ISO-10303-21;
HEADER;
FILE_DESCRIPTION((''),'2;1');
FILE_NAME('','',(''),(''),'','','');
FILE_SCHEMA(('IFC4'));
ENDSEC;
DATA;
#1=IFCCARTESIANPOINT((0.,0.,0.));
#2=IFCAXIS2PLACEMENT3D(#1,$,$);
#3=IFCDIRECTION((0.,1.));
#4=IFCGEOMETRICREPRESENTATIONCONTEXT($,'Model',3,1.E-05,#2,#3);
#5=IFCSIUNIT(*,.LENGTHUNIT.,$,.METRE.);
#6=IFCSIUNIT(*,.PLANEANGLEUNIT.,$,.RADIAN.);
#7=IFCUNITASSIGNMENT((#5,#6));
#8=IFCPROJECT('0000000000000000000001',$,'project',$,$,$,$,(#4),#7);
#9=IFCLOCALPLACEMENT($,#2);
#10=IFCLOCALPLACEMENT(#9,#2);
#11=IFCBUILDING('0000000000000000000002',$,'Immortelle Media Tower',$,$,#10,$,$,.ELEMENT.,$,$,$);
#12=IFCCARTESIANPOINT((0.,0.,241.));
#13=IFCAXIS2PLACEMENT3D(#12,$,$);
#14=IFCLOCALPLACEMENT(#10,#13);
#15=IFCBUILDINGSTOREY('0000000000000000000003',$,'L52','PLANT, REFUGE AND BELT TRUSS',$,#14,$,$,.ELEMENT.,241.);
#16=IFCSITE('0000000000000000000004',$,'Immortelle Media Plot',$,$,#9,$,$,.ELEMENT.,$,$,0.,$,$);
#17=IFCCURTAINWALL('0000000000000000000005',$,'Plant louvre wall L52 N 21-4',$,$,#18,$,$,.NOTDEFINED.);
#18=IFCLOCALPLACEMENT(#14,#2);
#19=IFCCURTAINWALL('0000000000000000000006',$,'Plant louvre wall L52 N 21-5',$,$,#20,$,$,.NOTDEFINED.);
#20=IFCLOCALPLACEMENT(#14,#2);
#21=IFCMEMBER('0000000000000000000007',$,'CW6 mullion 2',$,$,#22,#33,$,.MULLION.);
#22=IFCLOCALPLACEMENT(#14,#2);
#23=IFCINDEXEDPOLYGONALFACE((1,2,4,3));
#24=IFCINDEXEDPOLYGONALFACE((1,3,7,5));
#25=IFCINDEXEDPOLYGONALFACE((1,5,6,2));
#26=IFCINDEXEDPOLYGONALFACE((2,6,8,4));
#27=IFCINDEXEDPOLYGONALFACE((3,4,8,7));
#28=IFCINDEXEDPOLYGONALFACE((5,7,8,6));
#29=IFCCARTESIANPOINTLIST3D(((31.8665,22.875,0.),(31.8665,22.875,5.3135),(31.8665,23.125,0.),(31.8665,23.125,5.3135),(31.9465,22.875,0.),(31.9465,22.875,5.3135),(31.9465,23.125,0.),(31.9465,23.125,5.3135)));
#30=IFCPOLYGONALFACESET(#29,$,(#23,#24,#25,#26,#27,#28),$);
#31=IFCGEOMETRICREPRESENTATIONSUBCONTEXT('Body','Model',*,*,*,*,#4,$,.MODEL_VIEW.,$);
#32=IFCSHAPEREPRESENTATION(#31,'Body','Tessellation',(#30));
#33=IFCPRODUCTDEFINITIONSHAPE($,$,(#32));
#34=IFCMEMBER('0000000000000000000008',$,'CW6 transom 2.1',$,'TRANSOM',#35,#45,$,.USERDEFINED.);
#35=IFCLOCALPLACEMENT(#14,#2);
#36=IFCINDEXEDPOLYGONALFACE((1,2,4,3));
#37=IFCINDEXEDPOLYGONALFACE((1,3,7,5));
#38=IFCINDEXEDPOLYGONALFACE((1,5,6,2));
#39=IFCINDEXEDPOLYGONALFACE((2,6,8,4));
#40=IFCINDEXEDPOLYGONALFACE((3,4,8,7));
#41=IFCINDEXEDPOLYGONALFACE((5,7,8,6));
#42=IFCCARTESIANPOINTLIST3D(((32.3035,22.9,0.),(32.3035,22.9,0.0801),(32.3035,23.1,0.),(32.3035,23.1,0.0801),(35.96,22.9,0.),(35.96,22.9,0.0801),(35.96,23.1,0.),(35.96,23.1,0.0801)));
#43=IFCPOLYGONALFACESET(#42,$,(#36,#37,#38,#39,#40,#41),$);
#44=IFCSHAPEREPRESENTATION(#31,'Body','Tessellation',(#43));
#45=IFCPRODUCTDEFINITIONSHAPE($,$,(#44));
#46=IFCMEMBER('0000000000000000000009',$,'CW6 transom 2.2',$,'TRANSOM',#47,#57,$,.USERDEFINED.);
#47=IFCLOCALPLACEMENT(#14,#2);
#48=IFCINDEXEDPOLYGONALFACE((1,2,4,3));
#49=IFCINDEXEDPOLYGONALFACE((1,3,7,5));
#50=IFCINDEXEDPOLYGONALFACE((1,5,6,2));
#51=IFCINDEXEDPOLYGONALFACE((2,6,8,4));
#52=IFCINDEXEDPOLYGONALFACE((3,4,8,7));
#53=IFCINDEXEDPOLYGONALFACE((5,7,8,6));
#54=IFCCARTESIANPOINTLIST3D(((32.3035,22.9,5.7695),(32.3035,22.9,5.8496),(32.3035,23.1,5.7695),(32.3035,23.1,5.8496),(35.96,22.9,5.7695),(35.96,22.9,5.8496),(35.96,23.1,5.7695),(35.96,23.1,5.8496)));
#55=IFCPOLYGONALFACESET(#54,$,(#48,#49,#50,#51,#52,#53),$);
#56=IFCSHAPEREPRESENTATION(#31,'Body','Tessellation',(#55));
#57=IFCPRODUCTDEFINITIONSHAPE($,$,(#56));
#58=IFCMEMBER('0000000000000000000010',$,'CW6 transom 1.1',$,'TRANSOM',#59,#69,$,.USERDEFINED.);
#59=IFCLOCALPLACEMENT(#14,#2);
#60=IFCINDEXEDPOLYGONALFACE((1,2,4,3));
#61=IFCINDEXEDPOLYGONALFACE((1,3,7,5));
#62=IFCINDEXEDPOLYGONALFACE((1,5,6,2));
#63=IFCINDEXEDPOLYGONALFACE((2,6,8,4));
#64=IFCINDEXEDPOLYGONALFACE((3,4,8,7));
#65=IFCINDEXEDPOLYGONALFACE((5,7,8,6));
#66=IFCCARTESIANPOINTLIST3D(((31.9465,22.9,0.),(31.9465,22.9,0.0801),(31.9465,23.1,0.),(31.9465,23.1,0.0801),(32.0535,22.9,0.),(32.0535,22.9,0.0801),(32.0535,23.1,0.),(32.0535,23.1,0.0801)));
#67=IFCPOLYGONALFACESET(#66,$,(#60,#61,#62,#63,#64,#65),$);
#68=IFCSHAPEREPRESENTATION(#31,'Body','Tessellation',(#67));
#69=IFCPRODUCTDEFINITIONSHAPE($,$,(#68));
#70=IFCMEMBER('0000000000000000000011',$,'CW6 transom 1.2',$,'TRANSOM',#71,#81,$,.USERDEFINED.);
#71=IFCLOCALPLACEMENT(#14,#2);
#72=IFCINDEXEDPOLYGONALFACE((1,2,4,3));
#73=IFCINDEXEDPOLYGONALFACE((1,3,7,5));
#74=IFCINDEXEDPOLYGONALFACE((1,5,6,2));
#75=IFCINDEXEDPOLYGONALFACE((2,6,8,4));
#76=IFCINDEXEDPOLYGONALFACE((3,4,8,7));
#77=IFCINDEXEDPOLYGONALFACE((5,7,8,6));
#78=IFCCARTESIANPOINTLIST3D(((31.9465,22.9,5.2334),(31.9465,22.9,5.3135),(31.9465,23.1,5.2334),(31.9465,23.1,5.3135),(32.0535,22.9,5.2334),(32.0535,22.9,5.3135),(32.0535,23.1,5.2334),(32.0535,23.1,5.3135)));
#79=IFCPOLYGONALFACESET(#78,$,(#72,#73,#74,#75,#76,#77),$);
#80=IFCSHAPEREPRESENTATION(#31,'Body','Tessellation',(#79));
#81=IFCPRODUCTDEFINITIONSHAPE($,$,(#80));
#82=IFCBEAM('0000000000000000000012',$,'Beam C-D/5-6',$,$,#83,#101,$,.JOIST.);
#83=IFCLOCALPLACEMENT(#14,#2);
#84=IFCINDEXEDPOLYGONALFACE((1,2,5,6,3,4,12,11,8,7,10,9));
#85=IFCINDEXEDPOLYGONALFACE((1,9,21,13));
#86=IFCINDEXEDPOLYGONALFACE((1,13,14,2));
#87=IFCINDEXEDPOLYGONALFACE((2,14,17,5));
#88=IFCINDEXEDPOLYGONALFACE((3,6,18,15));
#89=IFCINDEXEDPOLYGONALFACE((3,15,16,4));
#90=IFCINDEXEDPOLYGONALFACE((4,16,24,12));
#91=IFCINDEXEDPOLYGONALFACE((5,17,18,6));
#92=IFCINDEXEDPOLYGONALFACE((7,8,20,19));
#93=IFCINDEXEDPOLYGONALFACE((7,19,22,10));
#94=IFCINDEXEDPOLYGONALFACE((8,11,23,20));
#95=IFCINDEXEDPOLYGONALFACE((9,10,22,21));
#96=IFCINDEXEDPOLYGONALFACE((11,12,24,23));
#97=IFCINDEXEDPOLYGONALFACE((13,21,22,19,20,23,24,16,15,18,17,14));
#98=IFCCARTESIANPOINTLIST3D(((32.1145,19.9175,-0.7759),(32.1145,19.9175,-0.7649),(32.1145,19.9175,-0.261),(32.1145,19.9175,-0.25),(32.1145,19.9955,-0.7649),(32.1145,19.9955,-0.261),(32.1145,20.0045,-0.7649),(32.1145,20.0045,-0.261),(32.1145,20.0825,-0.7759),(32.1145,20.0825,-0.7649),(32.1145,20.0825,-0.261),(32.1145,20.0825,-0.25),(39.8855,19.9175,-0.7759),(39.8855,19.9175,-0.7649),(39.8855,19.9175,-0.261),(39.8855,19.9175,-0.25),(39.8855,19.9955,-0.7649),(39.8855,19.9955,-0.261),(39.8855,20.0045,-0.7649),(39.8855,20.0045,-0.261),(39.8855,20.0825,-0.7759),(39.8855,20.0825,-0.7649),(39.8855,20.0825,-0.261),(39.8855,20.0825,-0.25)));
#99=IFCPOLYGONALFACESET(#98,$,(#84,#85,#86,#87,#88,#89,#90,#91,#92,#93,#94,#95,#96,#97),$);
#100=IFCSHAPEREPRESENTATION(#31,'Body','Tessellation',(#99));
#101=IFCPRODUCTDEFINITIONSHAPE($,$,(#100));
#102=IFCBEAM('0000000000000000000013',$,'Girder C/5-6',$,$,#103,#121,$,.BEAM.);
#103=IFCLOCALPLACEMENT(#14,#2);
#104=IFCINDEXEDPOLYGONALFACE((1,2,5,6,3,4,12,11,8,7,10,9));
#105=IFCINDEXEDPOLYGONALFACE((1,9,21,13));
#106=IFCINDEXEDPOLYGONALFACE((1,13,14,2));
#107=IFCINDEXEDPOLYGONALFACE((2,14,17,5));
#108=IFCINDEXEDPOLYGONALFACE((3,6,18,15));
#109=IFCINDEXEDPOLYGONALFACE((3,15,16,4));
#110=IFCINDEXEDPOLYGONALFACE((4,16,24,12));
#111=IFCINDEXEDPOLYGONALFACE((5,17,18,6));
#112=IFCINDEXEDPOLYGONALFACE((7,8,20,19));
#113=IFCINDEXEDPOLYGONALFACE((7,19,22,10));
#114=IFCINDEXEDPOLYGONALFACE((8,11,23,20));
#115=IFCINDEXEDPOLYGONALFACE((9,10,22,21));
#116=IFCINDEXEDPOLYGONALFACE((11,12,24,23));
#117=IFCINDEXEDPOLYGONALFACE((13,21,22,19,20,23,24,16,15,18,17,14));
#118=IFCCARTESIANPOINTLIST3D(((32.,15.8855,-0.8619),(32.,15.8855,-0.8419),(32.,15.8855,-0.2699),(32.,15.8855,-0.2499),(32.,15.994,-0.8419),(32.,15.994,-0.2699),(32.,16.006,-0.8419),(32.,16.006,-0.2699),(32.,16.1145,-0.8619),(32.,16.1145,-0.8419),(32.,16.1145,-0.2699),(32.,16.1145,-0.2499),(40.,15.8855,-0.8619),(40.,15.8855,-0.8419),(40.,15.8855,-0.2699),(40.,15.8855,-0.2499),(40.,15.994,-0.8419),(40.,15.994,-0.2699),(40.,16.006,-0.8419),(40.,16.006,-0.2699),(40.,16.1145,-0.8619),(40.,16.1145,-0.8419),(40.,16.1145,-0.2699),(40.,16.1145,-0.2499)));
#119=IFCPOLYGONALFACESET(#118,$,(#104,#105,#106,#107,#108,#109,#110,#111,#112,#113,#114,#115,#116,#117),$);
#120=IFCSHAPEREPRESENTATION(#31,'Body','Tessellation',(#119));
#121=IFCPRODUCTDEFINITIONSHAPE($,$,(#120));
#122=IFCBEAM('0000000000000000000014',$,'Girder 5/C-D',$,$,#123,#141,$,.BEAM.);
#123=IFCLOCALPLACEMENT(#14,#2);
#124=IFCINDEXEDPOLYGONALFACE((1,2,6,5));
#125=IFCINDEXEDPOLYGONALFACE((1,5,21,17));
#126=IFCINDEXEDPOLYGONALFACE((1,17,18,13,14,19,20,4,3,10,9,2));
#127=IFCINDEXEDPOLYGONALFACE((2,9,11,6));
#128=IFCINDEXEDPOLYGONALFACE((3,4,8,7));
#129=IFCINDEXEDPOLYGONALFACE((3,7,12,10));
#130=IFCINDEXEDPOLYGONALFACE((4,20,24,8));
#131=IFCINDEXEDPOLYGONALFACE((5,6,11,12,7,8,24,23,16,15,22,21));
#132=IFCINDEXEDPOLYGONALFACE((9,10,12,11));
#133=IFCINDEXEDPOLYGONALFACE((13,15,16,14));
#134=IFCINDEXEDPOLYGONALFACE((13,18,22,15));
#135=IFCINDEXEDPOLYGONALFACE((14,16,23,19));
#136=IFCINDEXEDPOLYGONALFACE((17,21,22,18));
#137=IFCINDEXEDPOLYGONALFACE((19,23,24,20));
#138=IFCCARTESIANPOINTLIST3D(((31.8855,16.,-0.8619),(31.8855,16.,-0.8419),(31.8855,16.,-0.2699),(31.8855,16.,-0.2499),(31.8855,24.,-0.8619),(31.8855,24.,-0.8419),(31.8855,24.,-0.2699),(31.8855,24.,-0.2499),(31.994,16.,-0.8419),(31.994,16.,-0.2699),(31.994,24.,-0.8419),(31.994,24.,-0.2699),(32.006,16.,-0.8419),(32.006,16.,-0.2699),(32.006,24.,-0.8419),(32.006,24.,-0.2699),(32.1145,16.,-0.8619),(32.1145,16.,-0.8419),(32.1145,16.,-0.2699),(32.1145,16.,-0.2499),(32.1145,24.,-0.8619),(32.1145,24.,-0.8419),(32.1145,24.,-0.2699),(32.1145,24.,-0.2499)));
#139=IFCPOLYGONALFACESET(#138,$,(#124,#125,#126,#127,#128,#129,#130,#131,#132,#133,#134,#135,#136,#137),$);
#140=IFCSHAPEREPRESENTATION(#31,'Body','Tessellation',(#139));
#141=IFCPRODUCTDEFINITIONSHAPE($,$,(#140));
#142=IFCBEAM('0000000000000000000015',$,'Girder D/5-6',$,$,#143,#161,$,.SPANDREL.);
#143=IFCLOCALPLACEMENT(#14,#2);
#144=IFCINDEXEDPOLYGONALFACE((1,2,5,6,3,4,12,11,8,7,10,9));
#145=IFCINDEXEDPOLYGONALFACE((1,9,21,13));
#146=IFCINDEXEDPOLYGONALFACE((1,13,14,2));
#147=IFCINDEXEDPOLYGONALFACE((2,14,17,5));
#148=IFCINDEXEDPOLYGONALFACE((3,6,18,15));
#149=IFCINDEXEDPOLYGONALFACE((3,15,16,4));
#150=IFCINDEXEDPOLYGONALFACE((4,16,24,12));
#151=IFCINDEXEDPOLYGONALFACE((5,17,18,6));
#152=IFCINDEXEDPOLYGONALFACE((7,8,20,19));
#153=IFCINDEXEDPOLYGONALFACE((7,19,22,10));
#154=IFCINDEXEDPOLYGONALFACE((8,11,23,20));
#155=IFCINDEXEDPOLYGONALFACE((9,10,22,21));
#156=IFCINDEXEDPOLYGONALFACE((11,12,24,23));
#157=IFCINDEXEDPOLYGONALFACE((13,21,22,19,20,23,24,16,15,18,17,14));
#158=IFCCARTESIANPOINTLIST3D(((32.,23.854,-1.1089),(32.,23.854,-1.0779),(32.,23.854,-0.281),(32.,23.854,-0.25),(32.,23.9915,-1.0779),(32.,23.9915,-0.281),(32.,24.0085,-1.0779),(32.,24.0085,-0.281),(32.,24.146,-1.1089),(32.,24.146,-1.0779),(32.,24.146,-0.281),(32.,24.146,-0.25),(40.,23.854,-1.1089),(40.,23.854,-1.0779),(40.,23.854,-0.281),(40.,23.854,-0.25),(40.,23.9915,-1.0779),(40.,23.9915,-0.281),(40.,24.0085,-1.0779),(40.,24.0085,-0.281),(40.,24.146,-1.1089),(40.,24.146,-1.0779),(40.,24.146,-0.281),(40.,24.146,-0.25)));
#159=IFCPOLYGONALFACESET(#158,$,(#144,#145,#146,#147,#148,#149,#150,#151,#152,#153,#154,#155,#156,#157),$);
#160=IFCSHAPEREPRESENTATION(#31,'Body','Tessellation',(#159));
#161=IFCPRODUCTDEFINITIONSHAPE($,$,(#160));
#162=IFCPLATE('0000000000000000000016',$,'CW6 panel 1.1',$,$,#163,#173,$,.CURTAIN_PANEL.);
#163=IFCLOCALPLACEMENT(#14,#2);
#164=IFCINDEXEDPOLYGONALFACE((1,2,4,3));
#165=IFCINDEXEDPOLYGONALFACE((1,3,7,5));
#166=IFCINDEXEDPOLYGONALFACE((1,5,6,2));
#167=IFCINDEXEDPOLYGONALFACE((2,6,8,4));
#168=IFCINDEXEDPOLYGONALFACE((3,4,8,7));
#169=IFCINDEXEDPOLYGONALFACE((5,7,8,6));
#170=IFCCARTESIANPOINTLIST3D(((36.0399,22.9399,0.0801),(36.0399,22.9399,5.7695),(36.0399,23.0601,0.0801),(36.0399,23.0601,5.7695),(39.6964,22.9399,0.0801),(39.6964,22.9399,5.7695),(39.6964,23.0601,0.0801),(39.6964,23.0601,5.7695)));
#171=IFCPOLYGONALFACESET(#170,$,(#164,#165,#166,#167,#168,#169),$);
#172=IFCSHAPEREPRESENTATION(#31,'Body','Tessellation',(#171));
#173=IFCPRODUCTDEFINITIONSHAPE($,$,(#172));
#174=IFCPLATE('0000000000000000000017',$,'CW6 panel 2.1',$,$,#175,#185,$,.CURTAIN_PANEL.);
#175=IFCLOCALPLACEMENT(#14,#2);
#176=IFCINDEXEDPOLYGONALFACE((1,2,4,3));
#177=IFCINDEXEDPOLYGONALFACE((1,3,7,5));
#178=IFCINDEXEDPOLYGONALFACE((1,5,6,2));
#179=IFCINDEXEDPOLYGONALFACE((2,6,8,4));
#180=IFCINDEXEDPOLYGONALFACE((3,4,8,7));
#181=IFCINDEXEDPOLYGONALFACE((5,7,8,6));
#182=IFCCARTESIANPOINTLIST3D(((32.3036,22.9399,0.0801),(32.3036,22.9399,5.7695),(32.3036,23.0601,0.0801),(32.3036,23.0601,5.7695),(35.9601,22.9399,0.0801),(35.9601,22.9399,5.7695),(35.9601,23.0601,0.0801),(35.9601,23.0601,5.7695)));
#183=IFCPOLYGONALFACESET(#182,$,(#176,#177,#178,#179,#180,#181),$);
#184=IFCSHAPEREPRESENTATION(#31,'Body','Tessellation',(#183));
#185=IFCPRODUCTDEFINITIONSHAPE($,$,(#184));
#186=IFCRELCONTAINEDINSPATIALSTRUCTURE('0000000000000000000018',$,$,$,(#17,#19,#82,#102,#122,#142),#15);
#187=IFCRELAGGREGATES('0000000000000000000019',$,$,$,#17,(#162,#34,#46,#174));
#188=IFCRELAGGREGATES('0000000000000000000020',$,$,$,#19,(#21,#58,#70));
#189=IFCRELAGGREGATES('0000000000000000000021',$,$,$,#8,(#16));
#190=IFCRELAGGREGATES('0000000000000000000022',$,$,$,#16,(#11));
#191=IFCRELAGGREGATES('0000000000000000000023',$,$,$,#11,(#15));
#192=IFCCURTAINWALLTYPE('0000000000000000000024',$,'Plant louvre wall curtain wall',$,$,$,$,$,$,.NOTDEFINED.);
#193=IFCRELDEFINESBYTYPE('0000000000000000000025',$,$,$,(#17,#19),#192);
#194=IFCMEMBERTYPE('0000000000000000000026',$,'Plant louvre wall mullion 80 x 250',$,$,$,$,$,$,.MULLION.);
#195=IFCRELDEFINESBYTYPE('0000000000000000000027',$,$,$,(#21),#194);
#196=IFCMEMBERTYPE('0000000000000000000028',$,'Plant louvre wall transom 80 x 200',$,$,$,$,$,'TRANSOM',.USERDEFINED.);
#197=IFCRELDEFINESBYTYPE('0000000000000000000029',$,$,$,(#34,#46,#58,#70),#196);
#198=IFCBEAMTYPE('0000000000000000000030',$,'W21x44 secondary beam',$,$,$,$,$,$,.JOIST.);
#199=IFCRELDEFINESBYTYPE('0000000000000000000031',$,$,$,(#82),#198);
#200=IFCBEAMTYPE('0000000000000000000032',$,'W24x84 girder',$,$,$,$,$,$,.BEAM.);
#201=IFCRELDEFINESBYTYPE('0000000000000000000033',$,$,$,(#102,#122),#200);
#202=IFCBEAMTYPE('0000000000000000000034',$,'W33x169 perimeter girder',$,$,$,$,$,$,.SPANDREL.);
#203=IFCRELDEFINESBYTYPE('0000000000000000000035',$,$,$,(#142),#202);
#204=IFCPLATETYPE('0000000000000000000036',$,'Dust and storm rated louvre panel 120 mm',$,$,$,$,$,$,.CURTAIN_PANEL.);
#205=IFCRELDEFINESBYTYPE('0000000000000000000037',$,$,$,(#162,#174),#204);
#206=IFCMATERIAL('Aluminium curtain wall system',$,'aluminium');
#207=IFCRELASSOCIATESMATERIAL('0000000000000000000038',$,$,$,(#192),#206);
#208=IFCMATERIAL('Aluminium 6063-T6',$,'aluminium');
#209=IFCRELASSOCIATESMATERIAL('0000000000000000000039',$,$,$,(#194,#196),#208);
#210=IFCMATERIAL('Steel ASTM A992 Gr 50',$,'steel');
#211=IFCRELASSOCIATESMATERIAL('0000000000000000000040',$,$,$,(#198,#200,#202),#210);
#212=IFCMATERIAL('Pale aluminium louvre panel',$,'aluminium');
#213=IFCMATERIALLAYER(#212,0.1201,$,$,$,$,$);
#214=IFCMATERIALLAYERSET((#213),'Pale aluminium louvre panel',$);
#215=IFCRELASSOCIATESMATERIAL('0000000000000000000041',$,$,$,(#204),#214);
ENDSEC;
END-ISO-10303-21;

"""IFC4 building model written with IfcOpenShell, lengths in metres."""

from ifc_helpers import new_model, si_unit, direction, frame, origin, origin_2d, place, context, subcontext, project, spatial, rectangle, i_section, extrude, material, layer, layer_set, material_profile, profile_set, type_object, element, aggregate, save


model = new_model("IFC4")

# Units and contexts
model_context = context("Model", 3, precision=1e-05, world=origin(), true_north=direction((0.0, 1.0)))
body_context = subcontext(model_context, "Body", "Model", "MODEL_VIEW")
ifc_project = project(units=[si_unit("LENGTHUNIT", "METRE"), si_unit("PLANEANGLEUNIT", "RADIAN")], contexts=[model_context])

# Site, building, storey
site_placement = place(None, origin())
site = spatial("IfcSite", under=ifc_project, at=site_placement, Name="Immortelle Media Plot", CompositionType="ELEMENT", RefElevation=0.0)
building_placement = place(site_placement, origin())
building = spatial("IfcBuilding", under=site, at=building_placement, Name="Immortelle Media Tower", CompositionType="ELEMENT")
storey_placement = place(building_placement, frame((0.0, 0.0, 241.0)))
storey = spatial("IfcBuildingStorey", under=building, at=storey_placement, Name="L52", Description="PLANT, REFUGE AND BELT TRUSS", CompositionType="ELEMENT", Elevation=241.0)

# Shared definitions
ifc_material_1 = material(Name="Steel ASTM A992 Gr 50", Category="steel")

# Curtain walls, member
ifc_material_2 = material(Name="Aluminium curtain wall system", Category="aluminium")
curtain_wall_type = type_object("IfcCurtainWallType", Name="Plant louvre wall curtain wall", PredefinedType="NOTDEFINED", material=ifc_material_2)
curtain_wall_1_placement = place(storey_placement, origin())
curtain_wall_1 = element("IfcCurtainWall", 1, at=curtain_wall_1_placement, inside=storey, type_object=curtain_wall_type, Name="Plant louvre wall L52 N 21-4", PredefinedType="NOTDEFINED")
ifc_material_3 = material(Name="Aluminium 6063-T6", Category="aluminium")
ifc_material_profile_1 = material_profile(ifc_material_3, rectangle(XDim=0.25, YDim=0.0801, at=origin_2d()), Name="AL 80x250")
ifc_profile_set_1 = profile_set([ifc_material_profile_1], Name="Aluminium 6063-T6")
member_type_1 = type_object("IfcMemberType", Name="Plant louvre wall mullion 80 x 250", PredefinedType="MULLION", material=ifc_profile_set_1)
curtain_wall_2_placement = place(storey_placement, origin())
curtain_wall_2 = element("IfcCurtainWall", 2, at=curtain_wall_2_placement, inside=storey, type_object=curtain_wall_type, Name="Plant louvre wall L52 N 21-5", PredefinedType="NOTDEFINED")
member_1_placement = place(storey_placement, frame((31.9065, 23.0, 0.0), z_axis=(0.0, 0.0, 1.0), x_axis=(0.0, -1.0, 0.0)))
member_1 = element("IfcMember", 3, at=member_1_placement, type_object=member_type_1, Name="CW6 mullion 2", PredefinedType="MULLION", context=body_context, shape_type="SweptSolid", body=[
    extrude(rectangle(XDim=0.25, YDim=0.0801, at=origin_2d()), origin(), (0.0, 0.0, 1.0), 5.3135),
])

# Members
ifc_material_profile_2 = material_profile(ifc_material_3, rectangle(XDim=0.2, YDim=0.0801, at=origin_2d()), Name="AL 80x200")
ifc_profile_set_2 = profile_set([ifc_material_profile_2], Name="Aluminium 6063-T6")
member_type_2 = type_object("IfcMemberType", Name="Plant louvre wall transom 80 x 200", ElementType="TRANSOM", PredefinedType="USERDEFINED", material=ifc_profile_set_2)
member_2_placement = place(storey_placement, frame((35.96, 23.0, 0.04), z_axis=(-1.0, 0.0, 0.0), x_axis=(0.0, -1.0, 0.0)))
member_2 = element("IfcMember", 4, at=member_2_placement, type_object=member_type_2, Name="CW6 transom 2.1", ObjectType="TRANSOM", PredefinedType="USERDEFINED", context=body_context, shape_type="SweptSolid", body=[
    extrude(rectangle(XDim=0.2, YDim=0.0801, at=origin_2d()), origin(), (0.0, 0.0, 1.0), 3.6565),
])
member_3_placement = place(storey_placement, frame((35.96, 23.0, 5.8096), z_axis=(-1.0, 0.0, 0.0), x_axis=(0.0, -1.0, 0.0)))
member_3 = element("IfcMember", 5, at=member_3_placement, type_object=member_type_2, Name="CW6 transom 2.2", ObjectType="TRANSOM", PredefinedType="USERDEFINED", context=body_context, shape_type="SweptSolid", body=[
    extrude(rectangle(XDim=0.2, YDim=0.0801, at=origin_2d()), origin(), (0.0, 0.0, 1.0), 3.6565),
])
member_4_placement = place(storey_placement, frame((32.0535, 23.0, 0.04), z_axis=(-1.0, 0.0, 0.0), x_axis=(0.0, -1.0, 0.0)))
member_4 = element("IfcMember", 6, at=member_4_placement, type_object=member_type_2, Name="CW6 transom 1.1", ObjectType="TRANSOM", PredefinedType="USERDEFINED", context=body_context, shape_type="SweptSolid", body=[
    extrude(rectangle(XDim=0.2, YDim=0.0801, at=origin_2d()), origin(), (0.0, 0.0, 1.0), 0.1069),
])
member_5_placement = place(storey_placement, frame((32.0535, 23.0, 5.2734), z_axis=(-1.0, 0.0, 0.0), x_axis=(0.0, -1.0, 0.0)))
member_5 = element("IfcMember", 7, at=member_5_placement, type_object=member_type_2, Name="CW6 transom 1.2", ObjectType="TRANSOM", PredefinedType="USERDEFINED", context=body_context, shape_type="SweptSolid", body=[
    extrude(rectangle(XDim=0.2, YDim=0.0801, at=origin_2d()), origin(), (0.0, 0.0, 1.0), 0.1069),
])

# Beams
ifc_material_profile_3 = material_profile(ifc_material_1, i_section(OverallWidth=0.165, OverallDepth=0.5259, WebThickness=0.009, FlangeThickness=0.011, at=origin_2d()), Name="W21x44")
ifc_profile_set_3 = profile_set([ifc_material_profile_3], Name="Steel ASTM A992 Gr 50")
beam_type_1 = type_object("IfcBeamType", Name="W21x44 secondary beam", PredefinedType="JOIST", material=ifc_profile_set_3)
beam_1_placement = place(storey_placement, frame((32.1145, 20.0, -0.5129), z_axis=(1.0, 0.0, 0.0), x_axis=(0.0, 1.0, 0.0)))
element("IfcBeam", 8, at=beam_1_placement, inside=storey, type_object=beam_type_1, Name="Beam C-D/5-6", PredefinedType="JOIST", context=body_context, shape_type="SweptSolid", body=[
    extrude(i_section(OverallWidth=0.165, OverallDepth=0.5259, WebThickness=0.009, FlangeThickness=0.011, at=origin_2d()), origin(), (0.0, 0.0, 1.0), 7.771),
])
ifc_material_profile_4 = material_profile(ifc_material_1, i_section(OverallWidth=0.229, OverallDepth=0.6121, WebThickness=0.012, FlangeThickness=0.02, at=origin_2d()), Name="W24x84")
ifc_profile_set_4 = profile_set([ifc_material_profile_4], Name="Steel ASTM A992 Gr 50")
beam_type_2 = type_object("IfcBeamType", Name="W24x84 girder", PredefinedType="BEAM", material=ifc_profile_set_4)
for number, where, z_axis, x_axis, name in (
    (9, (32.0, 16.0, -0.5559), (1.0, 0.0, 0.0), (0.0, 1.0, 0.0), "Girder C/5-6"),
    (10, (32.0, 16.0, -0.5559), (0.0, 1.0, 0.0), (-1.0, 0.0, 0.0), "Girder 5/C-D"),
):
    element("IfcBeam", number, at=place(storey_placement, frame(where, z_axis=z_axis, x_axis=x_axis)), inside=storey, type_object=beam_type_2, Name=name, PredefinedType="BEAM", context=body_context, shape_type="SweptSolid", body=[
        extrude(i_section(OverallWidth=0.229, OverallDepth=0.6121, WebThickness=0.012, FlangeThickness=0.02, at=origin_2d()), origin(), (0.0, 0.0, 1.0), 8.0),
    ])
ifc_material_profile_5 = material_profile(ifc_material_1, i_section(OverallWidth=0.292, OverallDepth=0.8589, WebThickness=0.0171, FlangeThickness=0.031, at=origin_2d()), Name="W33x169")
ifc_profile_set_5 = profile_set([ifc_material_profile_5], Name="Steel ASTM A992 Gr 50")
beam_type_3 = type_object("IfcBeamType", Name="W33x169 perimeter girder", PredefinedType="SPANDREL", material=ifc_profile_set_5)
beam_2_placement = place(storey_placement, frame((32.0, 24.0, -0.6794), z_axis=(1.0, 0.0, 0.0), x_axis=(0.0, 1.0, 0.0)))
element("IfcBeam", 11, at=beam_2_placement, inside=storey, type_object=beam_type_3, Name="Girder D/5-6", PredefinedType="SPANDREL", context=body_context, shape_type="SweptSolid", body=[
    extrude(i_section(OverallWidth=0.292, OverallDepth=0.8589, WebThickness=0.0171, FlangeThickness=0.031, at=origin_2d()), origin(), (0.0, 0.0, 1.0), 8.0),
])

# Plates
ifc_material_4 = material(Name="Pale aluminium louvre panel", Category="aluminium")
ifc_layer_1 = layer(ifc_material_4, 0.1201)
ifc_layer_set_1 = layer_set([ifc_layer_1], Name="Pale aluminium louvre panel")
plate_type = type_object("IfcPlateType", Name="Dust and storm rated louvre panel 120 mm", PredefinedType="CURTAIN_PANEL", material=ifc_layer_set_1)
plate_1_placement = place(storey_placement, frame((37.8682, 23.0, 0.0801), z_axis=(0.0, 0.0, 1.0), x_axis=(-1.0, 0.0, 0.0)))
plate_1 = element("IfcPlate", 12, at=plate_1_placement, type_object=plate_type, Name="CW6 panel 1.1", PredefinedType="CURTAIN_PANEL", context=body_context, shape_type="SweptSolid", body=[
    extrude(rectangle(XDim=3.6565, YDim=0.1201, at=origin_2d()), origin(), (0.0, 0.0, 1.0), 5.6895),
])
plate_2_placement = place(storey_placement, frame((34.1318, 23.0, 0.0801), z_axis=(0.0, 0.0, 1.0), x_axis=(-1.0, 0.0, 0.0)))
plate_2 = element("IfcPlate", 13, at=plate_2_placement, type_object=plate_type, Name="CW6 panel 2.1", PredefinedType="CURTAIN_PANEL", context=body_context, shape_type="SweptSolid", body=[
    extrude(rectangle(XDim=3.6565, YDim=0.1201, at=origin_2d()), origin(), (0.0, 0.0, 1.0), 5.6895),
])
aggregate(curtain_wall_1, [plate_1, member_2, member_3, plate_2])
aggregate(curtain_wall_2, [member_1, member_4, member_5])

save(model, "model.ifc")
